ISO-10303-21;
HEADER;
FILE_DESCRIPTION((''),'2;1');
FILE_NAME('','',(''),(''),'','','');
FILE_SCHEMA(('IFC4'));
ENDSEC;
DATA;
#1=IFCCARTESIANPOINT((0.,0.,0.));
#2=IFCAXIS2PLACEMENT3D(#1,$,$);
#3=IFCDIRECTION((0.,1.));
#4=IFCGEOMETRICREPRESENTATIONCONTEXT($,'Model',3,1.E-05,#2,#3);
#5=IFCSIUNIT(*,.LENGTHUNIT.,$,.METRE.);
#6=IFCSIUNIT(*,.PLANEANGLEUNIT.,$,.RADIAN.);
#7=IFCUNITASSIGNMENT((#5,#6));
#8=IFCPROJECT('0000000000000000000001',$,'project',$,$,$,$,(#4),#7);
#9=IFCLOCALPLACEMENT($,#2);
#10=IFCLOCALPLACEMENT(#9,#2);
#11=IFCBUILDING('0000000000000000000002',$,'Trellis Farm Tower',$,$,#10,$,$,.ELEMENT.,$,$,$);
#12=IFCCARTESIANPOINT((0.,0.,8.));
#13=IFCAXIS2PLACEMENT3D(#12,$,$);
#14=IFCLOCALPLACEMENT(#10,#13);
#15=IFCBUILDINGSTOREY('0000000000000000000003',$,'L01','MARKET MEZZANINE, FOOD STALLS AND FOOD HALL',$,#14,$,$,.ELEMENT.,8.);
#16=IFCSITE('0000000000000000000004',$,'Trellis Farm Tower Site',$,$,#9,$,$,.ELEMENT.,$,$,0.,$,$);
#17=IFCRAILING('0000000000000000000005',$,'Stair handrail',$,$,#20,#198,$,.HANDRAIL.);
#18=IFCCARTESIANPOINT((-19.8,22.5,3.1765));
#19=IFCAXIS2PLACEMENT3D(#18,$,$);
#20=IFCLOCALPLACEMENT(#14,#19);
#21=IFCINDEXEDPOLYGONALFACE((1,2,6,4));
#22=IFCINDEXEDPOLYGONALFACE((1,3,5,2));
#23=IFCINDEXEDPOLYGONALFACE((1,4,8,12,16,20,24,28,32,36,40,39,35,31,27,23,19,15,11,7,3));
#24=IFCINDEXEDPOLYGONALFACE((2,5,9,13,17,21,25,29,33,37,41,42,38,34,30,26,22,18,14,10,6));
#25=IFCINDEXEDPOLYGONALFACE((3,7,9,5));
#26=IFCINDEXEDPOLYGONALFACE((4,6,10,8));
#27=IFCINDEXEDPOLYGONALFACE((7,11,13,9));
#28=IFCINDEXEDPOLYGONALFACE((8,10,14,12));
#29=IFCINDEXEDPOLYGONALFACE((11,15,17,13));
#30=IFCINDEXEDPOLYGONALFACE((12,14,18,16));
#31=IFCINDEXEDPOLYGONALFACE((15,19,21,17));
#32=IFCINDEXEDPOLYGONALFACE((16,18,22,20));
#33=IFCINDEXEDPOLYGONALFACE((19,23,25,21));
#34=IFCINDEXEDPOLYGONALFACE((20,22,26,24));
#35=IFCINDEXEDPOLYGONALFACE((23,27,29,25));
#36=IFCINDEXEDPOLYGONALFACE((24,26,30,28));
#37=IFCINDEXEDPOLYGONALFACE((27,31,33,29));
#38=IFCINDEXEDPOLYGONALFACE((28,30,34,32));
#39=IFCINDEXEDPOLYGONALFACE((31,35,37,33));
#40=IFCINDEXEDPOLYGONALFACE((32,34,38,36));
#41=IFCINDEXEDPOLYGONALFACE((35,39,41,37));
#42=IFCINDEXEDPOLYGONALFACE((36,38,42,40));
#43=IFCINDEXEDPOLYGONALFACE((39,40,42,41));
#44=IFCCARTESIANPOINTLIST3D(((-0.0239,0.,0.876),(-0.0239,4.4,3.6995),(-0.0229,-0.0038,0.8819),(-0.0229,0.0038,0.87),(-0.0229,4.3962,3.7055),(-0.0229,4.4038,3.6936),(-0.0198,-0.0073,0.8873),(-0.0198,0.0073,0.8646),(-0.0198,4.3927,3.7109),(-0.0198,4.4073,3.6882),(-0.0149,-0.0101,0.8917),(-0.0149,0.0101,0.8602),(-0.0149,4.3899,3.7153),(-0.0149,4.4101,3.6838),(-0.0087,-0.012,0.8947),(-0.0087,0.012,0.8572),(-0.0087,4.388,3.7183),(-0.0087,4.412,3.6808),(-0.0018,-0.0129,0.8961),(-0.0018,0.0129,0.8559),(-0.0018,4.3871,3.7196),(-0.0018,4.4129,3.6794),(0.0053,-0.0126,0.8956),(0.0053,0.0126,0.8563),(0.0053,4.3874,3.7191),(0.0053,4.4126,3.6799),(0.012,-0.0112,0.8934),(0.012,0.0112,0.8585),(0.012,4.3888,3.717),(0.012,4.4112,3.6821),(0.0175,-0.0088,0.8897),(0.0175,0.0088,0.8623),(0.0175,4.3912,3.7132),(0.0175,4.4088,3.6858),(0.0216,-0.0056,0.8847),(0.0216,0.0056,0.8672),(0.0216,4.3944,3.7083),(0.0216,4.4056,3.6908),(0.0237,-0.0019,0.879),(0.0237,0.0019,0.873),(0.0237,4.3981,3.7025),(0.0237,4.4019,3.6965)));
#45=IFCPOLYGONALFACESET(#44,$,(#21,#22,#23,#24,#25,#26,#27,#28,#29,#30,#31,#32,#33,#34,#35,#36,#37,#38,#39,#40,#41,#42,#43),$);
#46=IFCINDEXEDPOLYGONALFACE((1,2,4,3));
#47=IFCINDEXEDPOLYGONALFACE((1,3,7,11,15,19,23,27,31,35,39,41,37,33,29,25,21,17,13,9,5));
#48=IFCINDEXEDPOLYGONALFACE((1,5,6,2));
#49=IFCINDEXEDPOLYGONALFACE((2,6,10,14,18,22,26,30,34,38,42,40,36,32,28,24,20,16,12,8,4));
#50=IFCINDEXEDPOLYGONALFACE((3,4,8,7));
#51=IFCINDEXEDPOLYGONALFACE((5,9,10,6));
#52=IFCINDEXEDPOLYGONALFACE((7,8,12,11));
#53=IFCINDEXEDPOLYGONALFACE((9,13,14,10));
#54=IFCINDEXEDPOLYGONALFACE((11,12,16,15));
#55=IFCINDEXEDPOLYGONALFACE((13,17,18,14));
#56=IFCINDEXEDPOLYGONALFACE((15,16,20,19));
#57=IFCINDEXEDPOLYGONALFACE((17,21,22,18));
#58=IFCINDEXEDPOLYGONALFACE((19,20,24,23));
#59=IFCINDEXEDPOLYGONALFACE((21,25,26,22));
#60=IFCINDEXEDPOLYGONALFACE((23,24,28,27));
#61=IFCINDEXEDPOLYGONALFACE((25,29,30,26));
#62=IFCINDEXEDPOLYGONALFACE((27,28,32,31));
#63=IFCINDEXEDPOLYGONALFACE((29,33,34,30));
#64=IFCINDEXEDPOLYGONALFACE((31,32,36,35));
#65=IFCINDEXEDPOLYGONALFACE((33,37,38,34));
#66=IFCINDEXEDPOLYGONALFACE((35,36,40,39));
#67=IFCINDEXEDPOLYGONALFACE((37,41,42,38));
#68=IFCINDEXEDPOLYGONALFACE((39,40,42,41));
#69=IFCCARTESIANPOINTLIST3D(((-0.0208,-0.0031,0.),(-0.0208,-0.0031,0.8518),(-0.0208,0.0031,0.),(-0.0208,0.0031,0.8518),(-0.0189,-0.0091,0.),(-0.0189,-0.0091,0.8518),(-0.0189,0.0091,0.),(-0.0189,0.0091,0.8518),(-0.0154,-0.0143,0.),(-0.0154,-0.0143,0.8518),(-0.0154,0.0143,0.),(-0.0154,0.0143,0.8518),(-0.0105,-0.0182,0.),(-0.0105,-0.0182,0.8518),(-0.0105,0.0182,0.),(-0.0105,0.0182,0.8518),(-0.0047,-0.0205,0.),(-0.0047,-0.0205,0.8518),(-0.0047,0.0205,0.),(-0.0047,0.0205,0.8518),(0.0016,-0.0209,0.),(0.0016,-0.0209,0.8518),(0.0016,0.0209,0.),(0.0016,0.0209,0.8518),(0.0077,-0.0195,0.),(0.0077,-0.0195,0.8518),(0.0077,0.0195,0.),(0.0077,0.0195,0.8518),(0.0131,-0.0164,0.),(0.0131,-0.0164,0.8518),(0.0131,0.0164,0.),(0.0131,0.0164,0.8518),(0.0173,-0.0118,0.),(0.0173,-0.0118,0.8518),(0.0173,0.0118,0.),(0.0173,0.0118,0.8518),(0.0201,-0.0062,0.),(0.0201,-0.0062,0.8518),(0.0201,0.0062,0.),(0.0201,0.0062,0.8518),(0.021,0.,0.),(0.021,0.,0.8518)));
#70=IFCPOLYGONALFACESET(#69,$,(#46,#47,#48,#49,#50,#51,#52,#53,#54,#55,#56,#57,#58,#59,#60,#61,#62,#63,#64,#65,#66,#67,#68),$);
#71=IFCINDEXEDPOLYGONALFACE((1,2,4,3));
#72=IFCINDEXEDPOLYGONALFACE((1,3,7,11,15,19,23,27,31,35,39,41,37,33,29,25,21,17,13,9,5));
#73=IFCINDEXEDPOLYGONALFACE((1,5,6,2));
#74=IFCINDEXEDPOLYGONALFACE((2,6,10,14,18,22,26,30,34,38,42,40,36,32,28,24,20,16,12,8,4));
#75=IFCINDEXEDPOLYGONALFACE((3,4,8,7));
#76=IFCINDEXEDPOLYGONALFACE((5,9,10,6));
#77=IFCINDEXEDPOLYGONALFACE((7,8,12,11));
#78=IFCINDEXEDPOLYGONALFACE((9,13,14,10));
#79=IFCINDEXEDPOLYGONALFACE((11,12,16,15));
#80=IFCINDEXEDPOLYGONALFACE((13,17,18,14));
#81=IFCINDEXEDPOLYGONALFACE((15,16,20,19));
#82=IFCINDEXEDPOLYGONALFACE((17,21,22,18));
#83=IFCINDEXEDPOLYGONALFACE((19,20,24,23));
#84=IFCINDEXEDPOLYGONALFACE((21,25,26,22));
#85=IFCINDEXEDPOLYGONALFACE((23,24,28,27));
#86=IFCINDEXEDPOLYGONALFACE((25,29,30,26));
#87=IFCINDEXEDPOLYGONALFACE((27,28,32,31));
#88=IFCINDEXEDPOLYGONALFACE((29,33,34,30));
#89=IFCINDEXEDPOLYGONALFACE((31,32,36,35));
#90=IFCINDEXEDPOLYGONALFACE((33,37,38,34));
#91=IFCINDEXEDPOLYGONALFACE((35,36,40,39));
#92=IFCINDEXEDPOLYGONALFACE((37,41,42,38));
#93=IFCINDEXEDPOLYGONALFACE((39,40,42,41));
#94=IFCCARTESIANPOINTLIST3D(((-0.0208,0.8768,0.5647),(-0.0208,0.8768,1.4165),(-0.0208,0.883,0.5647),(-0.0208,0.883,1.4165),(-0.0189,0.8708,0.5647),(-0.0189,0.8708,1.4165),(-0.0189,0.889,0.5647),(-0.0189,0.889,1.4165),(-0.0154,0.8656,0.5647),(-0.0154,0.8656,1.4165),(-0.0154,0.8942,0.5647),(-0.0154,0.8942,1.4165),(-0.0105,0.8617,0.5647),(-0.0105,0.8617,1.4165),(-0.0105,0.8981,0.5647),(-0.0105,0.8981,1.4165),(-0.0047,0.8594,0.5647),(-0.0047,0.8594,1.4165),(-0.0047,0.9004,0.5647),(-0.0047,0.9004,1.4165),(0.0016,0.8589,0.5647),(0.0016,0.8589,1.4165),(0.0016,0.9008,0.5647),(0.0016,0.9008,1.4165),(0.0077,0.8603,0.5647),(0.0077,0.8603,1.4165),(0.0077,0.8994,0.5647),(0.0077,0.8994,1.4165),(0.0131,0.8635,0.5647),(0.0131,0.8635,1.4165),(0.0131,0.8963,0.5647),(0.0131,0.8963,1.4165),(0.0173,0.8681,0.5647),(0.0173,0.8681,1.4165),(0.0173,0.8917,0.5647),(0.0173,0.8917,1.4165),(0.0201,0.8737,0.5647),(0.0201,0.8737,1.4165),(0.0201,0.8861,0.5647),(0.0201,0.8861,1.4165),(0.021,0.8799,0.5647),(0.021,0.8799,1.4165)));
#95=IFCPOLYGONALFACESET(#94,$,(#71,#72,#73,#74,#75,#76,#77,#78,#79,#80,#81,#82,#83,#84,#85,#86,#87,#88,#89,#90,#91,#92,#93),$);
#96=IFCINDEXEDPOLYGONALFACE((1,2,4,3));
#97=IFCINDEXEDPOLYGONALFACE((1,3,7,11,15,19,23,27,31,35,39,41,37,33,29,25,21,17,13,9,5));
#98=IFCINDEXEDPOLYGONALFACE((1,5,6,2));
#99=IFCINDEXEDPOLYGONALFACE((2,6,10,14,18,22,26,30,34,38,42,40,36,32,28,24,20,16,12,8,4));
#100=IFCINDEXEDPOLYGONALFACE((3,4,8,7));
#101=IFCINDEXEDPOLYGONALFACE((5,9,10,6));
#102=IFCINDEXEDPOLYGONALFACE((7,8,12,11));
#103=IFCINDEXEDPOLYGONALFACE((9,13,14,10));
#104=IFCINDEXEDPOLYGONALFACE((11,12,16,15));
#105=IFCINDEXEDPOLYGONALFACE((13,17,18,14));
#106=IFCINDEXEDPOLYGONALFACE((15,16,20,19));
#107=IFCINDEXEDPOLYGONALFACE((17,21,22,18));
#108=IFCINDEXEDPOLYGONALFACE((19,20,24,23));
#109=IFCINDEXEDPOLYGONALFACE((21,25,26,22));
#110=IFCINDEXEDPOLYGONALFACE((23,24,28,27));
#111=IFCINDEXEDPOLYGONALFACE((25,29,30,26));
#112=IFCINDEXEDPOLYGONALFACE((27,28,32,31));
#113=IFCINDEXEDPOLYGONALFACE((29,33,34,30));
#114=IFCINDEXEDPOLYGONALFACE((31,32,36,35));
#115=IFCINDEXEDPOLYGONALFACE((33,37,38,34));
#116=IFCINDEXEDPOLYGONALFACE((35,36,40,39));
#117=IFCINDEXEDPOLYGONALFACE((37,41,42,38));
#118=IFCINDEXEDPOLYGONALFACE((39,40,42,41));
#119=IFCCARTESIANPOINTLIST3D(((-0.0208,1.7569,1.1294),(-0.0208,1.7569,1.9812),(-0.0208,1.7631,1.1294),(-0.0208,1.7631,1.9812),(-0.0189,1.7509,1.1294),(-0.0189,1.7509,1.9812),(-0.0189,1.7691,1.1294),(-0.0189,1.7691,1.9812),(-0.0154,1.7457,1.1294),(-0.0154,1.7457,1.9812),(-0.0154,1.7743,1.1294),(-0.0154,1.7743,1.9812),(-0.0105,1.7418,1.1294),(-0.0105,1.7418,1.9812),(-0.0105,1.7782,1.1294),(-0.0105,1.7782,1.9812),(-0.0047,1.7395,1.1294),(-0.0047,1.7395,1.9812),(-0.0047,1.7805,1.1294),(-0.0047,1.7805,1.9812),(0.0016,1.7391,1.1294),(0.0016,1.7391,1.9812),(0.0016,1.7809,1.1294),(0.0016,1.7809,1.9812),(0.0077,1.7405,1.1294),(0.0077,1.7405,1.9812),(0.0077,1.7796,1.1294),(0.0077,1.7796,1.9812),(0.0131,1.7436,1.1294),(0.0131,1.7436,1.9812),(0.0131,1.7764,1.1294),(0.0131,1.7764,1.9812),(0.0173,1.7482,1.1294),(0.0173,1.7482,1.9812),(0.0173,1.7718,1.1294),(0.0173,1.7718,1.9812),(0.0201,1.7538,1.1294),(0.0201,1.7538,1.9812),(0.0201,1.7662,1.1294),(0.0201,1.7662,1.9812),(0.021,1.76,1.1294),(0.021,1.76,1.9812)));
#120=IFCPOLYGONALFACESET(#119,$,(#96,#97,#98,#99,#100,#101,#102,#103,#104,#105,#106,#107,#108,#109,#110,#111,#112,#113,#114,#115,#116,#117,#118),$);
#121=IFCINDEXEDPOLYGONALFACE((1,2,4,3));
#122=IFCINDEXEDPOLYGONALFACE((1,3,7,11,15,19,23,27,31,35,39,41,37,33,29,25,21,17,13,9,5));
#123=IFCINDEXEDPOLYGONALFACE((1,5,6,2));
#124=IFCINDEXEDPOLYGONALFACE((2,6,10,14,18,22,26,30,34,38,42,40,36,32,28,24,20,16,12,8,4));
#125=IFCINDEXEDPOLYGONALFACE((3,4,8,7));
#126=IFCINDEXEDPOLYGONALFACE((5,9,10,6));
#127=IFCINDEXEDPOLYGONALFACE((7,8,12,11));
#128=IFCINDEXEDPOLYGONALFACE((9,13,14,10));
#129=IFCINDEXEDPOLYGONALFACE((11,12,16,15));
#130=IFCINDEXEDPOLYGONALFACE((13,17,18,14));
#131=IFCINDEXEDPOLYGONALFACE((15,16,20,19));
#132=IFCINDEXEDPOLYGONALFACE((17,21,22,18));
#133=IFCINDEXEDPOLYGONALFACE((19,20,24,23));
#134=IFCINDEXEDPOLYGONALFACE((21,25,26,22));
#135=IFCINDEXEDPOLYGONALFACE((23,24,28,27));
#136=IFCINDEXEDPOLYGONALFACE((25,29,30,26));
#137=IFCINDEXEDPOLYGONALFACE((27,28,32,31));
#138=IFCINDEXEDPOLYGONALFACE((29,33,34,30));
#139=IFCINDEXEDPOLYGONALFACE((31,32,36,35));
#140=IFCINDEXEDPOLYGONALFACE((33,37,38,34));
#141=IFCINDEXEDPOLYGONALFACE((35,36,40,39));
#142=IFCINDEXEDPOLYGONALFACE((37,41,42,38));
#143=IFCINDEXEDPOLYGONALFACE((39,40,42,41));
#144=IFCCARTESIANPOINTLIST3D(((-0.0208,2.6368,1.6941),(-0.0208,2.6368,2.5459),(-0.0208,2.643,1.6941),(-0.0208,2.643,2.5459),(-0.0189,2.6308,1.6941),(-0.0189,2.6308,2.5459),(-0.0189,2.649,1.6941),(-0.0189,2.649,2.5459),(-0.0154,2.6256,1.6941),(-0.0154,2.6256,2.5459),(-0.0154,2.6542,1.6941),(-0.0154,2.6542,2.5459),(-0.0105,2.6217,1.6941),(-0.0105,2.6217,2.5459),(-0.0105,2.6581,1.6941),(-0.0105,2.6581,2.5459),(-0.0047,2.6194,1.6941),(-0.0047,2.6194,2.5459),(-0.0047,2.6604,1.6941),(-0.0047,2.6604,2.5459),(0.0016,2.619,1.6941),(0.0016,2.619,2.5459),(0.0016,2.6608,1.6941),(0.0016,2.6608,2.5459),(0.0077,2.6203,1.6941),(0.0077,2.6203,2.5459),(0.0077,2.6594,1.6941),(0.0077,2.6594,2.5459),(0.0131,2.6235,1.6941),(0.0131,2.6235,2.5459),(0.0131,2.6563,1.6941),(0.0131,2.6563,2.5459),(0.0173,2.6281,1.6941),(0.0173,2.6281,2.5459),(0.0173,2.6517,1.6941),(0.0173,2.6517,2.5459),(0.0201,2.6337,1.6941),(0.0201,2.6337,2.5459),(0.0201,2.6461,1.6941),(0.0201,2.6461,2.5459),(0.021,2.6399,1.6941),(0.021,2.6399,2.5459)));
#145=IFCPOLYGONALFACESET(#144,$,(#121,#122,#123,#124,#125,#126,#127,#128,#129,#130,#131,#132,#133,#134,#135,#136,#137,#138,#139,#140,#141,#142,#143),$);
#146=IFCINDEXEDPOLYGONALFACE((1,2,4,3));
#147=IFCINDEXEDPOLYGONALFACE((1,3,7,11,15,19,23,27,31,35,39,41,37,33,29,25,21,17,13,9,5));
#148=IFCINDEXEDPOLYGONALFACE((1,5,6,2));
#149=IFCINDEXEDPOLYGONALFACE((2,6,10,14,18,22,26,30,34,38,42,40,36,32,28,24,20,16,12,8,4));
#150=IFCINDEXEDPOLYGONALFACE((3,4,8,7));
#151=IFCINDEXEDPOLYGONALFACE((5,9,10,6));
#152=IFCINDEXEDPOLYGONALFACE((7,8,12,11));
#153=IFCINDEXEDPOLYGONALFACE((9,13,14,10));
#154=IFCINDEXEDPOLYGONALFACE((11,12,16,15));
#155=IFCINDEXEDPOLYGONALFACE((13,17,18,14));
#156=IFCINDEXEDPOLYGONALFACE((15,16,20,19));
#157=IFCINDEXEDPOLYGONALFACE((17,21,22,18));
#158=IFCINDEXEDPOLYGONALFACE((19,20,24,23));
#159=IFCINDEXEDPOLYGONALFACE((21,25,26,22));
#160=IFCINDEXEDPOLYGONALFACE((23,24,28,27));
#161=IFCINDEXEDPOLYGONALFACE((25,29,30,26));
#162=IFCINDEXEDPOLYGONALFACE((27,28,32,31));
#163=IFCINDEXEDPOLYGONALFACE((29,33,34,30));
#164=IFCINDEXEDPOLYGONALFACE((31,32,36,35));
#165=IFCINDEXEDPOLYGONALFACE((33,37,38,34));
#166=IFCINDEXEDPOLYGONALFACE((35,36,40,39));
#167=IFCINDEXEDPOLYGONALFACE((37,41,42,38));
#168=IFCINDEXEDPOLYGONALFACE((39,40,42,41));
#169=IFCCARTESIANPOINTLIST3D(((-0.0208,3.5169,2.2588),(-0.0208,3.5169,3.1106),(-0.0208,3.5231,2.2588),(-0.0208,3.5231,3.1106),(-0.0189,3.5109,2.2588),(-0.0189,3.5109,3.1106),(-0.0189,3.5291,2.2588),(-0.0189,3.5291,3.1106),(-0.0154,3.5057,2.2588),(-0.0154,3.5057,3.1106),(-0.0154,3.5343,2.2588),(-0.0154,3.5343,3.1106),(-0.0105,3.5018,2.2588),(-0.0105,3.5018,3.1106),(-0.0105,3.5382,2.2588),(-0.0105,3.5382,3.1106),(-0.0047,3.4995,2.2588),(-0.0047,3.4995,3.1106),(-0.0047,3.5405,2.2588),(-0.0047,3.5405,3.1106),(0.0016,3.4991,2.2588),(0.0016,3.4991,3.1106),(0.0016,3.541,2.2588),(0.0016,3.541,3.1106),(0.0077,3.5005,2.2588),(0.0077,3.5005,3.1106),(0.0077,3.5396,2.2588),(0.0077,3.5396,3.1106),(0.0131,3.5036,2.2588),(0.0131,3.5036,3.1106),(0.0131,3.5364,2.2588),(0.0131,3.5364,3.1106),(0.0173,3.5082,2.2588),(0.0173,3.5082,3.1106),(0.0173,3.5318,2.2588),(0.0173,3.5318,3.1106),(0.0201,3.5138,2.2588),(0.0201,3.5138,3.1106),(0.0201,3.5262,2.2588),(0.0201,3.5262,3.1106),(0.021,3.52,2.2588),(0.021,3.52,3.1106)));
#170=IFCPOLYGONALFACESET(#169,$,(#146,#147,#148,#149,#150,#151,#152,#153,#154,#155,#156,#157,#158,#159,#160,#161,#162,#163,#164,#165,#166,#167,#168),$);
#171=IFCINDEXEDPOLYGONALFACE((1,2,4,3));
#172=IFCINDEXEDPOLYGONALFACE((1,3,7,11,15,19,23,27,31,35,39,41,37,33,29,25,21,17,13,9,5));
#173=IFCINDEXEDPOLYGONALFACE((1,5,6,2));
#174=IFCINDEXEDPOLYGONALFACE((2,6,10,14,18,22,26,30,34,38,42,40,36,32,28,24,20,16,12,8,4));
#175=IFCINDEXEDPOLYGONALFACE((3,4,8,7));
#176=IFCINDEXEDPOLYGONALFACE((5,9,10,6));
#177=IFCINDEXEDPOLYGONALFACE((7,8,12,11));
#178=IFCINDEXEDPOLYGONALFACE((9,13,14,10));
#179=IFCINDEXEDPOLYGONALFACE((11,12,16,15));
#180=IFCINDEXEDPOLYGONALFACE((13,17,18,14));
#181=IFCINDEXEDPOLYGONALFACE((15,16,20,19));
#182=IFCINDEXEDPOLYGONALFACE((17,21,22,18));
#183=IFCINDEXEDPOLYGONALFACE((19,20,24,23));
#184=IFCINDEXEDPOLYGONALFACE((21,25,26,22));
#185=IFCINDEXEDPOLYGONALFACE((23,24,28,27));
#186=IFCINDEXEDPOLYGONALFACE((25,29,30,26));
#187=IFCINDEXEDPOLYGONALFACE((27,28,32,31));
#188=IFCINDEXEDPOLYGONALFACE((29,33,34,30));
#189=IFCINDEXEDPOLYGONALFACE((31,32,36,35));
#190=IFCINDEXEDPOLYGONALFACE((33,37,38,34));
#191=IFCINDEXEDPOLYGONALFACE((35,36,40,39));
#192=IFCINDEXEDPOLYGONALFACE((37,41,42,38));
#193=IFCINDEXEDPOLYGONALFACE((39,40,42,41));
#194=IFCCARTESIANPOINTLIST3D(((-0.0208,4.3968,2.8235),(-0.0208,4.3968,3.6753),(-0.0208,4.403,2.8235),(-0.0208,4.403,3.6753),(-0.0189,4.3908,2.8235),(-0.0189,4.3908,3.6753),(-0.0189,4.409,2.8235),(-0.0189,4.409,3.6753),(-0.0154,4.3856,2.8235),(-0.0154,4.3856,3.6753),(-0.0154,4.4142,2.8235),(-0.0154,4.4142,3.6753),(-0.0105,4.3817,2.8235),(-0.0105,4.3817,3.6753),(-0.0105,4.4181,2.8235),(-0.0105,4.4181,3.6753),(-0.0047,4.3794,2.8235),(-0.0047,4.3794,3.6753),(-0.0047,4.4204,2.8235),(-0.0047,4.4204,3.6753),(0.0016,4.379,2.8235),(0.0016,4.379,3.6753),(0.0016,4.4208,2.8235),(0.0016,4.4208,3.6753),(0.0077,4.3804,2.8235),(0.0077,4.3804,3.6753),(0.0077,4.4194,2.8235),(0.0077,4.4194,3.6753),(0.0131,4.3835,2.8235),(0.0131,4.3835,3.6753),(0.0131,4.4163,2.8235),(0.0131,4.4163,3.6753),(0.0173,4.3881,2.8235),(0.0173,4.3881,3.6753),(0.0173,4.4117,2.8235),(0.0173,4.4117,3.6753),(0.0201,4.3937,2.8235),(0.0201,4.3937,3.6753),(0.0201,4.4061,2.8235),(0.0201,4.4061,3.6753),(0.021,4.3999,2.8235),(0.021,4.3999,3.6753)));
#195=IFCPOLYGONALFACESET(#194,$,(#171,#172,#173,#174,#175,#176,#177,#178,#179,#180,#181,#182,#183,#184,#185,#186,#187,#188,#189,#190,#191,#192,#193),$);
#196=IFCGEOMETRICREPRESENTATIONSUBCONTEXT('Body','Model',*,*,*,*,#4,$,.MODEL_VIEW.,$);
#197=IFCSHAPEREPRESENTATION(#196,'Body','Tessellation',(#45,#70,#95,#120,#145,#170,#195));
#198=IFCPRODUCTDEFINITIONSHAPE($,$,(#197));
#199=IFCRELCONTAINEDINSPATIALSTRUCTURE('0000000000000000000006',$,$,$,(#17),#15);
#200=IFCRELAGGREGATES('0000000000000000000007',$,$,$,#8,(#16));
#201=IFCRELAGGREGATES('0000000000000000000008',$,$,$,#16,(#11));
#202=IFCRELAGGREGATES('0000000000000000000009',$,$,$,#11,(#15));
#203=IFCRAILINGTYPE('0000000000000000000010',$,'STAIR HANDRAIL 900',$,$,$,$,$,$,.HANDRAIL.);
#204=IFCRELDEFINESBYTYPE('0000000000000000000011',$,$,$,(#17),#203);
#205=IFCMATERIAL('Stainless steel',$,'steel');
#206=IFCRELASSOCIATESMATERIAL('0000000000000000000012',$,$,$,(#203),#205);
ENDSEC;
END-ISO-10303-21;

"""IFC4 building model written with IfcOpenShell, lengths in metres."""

from ifc_helpers import new_model, si_unit, direction, frame, origin, origin_2d, place, context, subcontext, project, spatial, circle, extrude, source, transform, mapped, material, type_object, element, save


model = new_model("IFC4")

# Units and contexts
model_context = context("Model", 3, precision=1e-05, world=origin(), true_north=direction((0.0, 1.0)))
body_context = subcontext(model_context, "Body", "Model", "MODEL_VIEW")
ifc_project = project(units=[si_unit("LENGTHUNIT", "METRE"), si_unit("PLANEANGLEUNIT", "RADIAN")], contexts=[model_context])

# Site, building, storey
site_placement = place(None, origin())
site = spatial("IfcSite", under=ifc_project, at=site_placement, Name="Trellis Farm Tower Site", CompositionType="ELEMENT", RefElevation=0.0)
building_placement = place(site_placement, origin())
building = spatial("IfcBuilding", under=site, at=building_placement, Name="Trellis Farm Tower", CompositionType="ELEMENT")
storey_placement = place(building_placement, frame((0.0, 0.0, 8.0)))
storey = spatial("IfcBuildingStorey", under=building, at=storey_placement, Name="L01", Description="MARKET MEZZANINE, FOOD STALLS AND FOOD HALL", CompositionType="ELEMENT", Elevation=8.0)

# Railing
ifc_material_1 = material(Name="Stainless steel", Category="steel")
railing_type = type_object("IfcRailingType", Name="STAIR HANDRAIL 900", PredefinedType="HANDRAIL", material=ifc_material_1)
shared_shape_1 = source(origin(), body_context, "Body", "SweptSolid", [
    extrude(circle(Radius=0.0239, at=origin_2d()), frame((0.0, 0.0, 0.876), z_axis=(0.0, 0.841615, 0.540078), x_axis=(-1.0, 0.0, 0.0)), (0.0, 0.0, 1.0), 5.228),
    extrude(circle(Radius=0.021, at=origin_2d()), origin(), (0.0, 0.0, 1.0), 0.8518),
    extrude(circle(Radius=0.021, at=origin_2d()), frame((0.0, 0.8799, 0.5647)), (0.0, 0.0, 1.0), 0.8518),
    extrude(circle(Radius=0.021, at=origin_2d()), frame((0.0, 1.76, 1.1294)), (0.0, 0.0, 1.0), 0.8518),
    extrude(circle(Radius=0.021, at=origin_2d()), frame((0.0, 2.6399, 1.6941)), (0.0, 0.0, 1.0), 0.8518),
    extrude(circle(Radius=0.021, at=origin_2d()), frame((0.0, 3.52, 2.2588)), (0.0, 0.0, 1.0), 0.8518),
    extrude(circle(Radius=0.021, at=origin_2d()), frame((0.0, 4.3999, 2.8235)), (0.0, 0.0, 1.0), 0.8518),
])
for number, where, name in (
    (1, (-19.8, 22.5, 3.1765), "Stair handrail"),
):
    element("IfcRailing", number, at=place(storey_placement, frame(where)), inside=storey, type_object=railing_type, Name=name, PredefinedType="HANDRAIL", context=body_context, shape_type="MappedRepresentation", body=[
        mapped(shared_shape_1, transform((0.0, 0.0, 0.0))),
    ])

save(model, "model.ifc")
